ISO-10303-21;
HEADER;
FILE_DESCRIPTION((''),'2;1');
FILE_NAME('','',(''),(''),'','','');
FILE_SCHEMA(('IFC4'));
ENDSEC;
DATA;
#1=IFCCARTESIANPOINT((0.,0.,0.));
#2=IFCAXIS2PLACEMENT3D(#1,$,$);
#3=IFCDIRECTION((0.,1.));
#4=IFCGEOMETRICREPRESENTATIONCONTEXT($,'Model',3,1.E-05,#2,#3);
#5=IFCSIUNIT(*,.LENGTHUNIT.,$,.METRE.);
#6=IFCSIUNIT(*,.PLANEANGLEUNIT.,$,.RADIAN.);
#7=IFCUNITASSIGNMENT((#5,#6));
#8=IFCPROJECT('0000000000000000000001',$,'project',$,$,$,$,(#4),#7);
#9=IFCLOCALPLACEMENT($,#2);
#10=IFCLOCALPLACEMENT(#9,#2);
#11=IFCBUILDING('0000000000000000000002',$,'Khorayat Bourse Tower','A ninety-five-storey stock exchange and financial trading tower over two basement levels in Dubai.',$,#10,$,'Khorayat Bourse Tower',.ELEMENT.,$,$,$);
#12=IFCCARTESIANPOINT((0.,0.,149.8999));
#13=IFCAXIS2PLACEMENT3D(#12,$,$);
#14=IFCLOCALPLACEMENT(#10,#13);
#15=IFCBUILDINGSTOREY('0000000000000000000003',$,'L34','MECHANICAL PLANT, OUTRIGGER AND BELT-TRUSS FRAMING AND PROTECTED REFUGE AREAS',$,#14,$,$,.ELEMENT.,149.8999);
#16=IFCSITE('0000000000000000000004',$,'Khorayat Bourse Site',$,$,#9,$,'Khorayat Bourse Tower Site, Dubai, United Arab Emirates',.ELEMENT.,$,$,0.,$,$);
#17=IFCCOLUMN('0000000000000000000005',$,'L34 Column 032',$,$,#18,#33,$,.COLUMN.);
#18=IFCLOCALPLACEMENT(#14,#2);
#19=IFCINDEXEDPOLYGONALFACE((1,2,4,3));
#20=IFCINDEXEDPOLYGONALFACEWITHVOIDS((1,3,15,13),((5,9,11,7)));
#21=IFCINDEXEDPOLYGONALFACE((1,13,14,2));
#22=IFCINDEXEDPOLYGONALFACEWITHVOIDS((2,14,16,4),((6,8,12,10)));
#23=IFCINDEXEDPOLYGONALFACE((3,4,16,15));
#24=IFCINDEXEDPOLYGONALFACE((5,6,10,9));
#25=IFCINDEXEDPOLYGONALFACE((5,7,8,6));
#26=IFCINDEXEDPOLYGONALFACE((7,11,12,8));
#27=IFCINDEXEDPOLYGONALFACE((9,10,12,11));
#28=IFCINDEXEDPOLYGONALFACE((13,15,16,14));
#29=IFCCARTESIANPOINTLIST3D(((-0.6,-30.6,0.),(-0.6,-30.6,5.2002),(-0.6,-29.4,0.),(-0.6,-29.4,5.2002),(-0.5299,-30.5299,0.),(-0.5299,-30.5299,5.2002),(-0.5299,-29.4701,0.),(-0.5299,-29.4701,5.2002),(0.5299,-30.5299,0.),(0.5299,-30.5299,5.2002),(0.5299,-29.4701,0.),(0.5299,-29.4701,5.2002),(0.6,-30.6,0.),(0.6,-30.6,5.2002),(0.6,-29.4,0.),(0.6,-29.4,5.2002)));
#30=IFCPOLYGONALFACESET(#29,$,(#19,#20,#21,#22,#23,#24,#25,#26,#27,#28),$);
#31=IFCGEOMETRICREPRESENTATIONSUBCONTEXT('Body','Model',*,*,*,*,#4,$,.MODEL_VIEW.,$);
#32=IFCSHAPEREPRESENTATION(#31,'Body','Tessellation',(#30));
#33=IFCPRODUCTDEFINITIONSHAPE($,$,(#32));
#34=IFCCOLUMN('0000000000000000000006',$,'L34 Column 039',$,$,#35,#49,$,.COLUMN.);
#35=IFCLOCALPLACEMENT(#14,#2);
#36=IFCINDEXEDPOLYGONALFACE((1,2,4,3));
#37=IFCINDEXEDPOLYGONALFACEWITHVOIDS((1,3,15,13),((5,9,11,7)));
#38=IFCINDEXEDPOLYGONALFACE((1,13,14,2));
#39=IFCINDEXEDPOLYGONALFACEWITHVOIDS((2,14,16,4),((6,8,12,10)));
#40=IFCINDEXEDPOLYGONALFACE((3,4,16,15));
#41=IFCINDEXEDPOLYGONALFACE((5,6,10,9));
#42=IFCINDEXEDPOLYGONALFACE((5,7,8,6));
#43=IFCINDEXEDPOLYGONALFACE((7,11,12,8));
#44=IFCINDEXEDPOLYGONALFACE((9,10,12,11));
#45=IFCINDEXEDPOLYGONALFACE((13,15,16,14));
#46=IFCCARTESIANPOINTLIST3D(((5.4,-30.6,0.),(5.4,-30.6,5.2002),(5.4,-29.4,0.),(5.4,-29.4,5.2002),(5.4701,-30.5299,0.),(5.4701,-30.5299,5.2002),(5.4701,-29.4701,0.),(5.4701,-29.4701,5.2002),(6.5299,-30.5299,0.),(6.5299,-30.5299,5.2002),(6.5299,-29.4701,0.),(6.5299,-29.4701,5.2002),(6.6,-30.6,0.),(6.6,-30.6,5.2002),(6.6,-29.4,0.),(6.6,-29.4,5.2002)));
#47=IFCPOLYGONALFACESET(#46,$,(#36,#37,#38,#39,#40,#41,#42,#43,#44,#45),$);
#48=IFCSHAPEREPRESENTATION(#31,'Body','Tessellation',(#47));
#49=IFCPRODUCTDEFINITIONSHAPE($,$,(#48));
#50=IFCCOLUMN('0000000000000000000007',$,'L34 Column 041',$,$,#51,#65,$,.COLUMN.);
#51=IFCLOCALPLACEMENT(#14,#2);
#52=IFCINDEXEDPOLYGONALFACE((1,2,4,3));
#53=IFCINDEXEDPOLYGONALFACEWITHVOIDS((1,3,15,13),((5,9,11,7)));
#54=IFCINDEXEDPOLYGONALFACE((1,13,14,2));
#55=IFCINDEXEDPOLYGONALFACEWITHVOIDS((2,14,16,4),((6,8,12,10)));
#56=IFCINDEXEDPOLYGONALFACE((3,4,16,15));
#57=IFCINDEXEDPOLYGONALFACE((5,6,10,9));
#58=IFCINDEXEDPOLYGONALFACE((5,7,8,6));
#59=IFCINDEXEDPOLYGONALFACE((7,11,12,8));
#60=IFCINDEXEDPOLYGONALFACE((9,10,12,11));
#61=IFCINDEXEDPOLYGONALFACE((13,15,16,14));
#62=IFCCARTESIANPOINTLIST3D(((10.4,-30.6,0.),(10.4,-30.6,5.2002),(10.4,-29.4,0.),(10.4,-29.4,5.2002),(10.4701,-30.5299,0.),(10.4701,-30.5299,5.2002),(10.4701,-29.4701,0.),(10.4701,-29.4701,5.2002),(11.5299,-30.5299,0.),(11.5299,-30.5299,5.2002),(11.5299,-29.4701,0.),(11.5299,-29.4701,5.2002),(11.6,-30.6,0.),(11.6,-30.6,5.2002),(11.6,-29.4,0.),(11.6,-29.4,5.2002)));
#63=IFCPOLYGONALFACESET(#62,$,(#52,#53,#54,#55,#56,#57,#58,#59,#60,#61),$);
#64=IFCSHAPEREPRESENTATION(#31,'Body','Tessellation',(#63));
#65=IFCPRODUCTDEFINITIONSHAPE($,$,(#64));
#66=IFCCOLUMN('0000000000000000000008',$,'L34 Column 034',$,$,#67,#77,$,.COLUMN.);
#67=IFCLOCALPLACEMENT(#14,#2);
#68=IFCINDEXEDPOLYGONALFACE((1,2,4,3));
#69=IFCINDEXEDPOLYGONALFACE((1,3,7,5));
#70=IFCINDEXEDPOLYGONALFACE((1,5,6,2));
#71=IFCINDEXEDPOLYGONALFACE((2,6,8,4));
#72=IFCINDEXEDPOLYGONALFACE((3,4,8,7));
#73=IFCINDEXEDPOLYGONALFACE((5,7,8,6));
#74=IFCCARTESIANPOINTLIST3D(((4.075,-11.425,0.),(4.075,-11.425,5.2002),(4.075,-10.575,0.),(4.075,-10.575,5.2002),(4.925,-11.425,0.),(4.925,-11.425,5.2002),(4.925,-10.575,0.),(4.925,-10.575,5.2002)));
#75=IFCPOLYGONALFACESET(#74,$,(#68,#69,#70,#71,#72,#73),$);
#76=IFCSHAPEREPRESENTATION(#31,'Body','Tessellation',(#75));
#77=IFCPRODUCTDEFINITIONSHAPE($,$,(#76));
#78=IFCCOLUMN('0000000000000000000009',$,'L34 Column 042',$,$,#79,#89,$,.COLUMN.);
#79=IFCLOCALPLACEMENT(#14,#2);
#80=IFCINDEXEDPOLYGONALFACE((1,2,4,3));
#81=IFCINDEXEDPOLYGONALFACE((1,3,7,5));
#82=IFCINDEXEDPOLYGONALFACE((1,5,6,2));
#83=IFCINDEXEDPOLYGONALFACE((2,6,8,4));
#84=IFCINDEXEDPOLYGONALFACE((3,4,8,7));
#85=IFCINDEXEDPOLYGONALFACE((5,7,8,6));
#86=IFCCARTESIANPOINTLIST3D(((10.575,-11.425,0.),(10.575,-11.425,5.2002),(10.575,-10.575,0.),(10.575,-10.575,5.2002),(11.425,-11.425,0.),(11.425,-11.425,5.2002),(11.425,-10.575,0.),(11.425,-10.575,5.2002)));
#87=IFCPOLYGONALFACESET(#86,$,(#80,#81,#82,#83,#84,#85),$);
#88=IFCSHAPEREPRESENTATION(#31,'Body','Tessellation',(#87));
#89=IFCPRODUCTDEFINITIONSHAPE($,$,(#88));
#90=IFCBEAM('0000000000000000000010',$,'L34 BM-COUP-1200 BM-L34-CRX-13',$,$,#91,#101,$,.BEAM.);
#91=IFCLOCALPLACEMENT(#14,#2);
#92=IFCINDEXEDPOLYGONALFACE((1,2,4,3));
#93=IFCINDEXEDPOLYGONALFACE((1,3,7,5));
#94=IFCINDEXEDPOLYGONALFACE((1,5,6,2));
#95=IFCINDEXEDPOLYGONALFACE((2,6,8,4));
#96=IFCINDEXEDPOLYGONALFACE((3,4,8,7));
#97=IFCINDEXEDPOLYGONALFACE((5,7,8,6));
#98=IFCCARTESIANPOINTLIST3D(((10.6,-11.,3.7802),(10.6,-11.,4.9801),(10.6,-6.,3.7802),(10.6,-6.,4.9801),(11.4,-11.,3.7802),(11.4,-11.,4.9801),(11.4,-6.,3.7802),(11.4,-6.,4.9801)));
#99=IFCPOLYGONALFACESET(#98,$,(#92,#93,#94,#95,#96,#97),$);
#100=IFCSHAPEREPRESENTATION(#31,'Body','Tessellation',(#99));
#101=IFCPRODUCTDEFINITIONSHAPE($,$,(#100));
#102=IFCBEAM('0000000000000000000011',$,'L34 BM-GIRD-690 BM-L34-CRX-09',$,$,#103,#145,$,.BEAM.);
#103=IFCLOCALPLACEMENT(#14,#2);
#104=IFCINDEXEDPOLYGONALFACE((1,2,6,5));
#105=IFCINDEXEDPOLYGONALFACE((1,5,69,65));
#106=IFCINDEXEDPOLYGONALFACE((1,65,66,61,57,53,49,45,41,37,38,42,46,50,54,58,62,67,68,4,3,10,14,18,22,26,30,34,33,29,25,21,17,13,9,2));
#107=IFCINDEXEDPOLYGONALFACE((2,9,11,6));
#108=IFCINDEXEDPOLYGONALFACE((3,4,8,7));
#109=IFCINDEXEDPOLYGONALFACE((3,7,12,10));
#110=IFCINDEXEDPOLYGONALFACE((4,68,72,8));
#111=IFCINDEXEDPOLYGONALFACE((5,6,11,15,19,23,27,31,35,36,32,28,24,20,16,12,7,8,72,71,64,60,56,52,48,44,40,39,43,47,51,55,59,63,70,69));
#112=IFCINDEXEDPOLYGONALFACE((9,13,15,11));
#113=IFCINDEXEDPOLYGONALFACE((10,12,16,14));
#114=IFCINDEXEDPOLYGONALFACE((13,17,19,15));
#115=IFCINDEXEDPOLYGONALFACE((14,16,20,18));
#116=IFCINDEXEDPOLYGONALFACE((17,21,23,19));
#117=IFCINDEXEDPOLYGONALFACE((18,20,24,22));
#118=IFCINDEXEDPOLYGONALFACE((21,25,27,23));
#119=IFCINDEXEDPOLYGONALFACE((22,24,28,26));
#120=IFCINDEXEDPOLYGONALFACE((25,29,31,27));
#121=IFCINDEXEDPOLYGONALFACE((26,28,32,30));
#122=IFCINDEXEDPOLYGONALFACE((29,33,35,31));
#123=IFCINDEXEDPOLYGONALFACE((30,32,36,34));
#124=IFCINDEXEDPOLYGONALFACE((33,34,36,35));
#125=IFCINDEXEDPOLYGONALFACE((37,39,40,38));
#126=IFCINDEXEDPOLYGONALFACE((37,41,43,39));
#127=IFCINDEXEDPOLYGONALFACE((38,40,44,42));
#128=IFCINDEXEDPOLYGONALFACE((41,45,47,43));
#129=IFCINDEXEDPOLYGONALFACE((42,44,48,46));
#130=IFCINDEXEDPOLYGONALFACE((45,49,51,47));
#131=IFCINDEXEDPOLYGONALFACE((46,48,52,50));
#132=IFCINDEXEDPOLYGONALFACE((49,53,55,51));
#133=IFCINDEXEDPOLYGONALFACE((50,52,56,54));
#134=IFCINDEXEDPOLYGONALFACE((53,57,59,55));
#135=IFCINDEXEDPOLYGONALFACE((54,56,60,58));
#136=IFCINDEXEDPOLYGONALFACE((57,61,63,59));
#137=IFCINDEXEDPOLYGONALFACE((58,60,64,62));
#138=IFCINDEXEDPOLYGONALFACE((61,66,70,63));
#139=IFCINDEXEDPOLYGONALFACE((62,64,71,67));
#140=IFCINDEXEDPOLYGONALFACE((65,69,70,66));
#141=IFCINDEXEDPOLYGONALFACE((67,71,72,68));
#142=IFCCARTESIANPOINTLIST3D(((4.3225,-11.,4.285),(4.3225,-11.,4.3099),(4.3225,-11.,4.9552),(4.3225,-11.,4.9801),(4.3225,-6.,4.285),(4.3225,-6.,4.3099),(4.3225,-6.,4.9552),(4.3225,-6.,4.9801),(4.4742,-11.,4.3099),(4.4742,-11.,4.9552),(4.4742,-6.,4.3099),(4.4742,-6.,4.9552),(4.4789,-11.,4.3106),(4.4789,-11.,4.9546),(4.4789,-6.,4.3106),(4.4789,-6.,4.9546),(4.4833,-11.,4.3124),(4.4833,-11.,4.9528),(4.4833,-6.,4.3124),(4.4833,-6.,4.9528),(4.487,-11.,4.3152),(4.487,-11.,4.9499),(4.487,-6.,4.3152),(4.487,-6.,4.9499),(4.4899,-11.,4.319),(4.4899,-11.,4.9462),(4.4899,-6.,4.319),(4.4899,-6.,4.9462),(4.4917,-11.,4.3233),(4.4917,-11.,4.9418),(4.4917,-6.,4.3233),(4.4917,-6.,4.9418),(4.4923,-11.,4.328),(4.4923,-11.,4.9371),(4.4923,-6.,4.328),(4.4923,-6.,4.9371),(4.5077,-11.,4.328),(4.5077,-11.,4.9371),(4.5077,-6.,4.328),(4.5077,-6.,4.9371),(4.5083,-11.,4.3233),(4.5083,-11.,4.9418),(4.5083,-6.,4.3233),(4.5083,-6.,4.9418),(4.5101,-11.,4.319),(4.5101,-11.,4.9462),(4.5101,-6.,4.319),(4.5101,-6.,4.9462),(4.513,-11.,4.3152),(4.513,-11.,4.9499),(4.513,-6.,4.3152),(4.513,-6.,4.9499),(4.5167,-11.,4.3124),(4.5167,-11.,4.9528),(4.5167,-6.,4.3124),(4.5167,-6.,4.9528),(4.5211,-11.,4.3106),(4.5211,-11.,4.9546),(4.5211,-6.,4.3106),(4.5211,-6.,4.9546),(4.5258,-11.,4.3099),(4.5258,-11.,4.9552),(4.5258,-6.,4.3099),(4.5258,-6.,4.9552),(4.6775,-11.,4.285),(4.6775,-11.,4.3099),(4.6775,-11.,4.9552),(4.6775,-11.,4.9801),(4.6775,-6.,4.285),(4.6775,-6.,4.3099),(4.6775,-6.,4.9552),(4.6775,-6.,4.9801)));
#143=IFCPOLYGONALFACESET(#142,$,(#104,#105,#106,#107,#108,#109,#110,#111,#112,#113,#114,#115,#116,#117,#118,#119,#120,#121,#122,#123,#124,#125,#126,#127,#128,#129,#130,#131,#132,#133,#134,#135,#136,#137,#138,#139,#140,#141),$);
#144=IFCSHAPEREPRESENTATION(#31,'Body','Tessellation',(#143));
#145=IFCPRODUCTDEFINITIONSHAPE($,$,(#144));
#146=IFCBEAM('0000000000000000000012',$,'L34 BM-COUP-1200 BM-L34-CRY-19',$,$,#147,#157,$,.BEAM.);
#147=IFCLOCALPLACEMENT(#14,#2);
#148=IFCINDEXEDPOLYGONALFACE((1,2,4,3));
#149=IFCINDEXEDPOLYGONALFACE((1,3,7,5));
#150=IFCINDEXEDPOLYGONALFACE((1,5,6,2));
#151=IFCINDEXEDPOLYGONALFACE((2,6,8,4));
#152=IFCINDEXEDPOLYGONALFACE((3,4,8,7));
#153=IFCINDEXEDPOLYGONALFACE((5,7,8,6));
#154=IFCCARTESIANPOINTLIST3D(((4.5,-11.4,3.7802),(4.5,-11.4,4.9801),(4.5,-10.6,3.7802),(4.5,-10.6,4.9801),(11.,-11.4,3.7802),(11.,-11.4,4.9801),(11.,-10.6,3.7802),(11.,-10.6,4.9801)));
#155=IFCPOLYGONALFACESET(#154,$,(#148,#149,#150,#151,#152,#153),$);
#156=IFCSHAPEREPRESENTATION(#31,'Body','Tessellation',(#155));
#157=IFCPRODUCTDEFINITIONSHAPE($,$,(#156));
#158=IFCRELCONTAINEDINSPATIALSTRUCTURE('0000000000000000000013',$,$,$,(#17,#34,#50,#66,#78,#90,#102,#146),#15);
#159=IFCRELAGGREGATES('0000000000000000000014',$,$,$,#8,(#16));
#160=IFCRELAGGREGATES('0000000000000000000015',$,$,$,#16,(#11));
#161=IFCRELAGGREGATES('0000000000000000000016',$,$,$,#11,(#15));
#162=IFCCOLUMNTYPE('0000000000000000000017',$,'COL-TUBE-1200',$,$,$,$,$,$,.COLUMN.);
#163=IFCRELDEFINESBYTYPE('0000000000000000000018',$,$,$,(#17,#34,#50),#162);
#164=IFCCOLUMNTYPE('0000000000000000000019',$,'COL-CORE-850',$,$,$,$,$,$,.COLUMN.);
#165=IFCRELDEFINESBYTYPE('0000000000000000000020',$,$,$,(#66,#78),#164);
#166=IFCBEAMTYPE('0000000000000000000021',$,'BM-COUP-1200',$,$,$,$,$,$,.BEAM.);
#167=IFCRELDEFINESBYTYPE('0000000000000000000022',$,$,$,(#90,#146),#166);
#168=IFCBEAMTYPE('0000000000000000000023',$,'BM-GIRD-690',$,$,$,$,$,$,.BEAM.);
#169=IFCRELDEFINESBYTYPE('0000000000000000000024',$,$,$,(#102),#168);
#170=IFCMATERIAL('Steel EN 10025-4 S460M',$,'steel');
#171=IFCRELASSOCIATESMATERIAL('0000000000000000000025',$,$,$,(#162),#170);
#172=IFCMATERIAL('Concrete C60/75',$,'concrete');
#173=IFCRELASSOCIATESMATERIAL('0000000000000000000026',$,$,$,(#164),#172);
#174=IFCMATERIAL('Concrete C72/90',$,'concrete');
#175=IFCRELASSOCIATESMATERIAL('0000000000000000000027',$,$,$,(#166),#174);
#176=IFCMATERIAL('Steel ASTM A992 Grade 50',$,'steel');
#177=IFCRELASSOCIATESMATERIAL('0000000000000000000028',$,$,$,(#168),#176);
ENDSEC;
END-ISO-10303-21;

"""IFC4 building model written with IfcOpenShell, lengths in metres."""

from ifc_helpers import new_model, si_unit, direction, frame, origin, origin_2d, place, context, subcontext, project, spatial, rectangle, hollow_rectangle, i_section, extrude, source, transform, mapped, material, material_profile, profile_set, type_object, element, save


model = new_model("IFC4")

# Units and contexts
model_context = context("Model", 3, precision=1e-05, world=origin(), true_north=direction((0.0, 1.0)))
body_context = subcontext(model_context, "Body", "Model", "MODEL_VIEW")
ifc_project = project(units=[si_unit("LENGTHUNIT", "METRE"), si_unit("PLANEANGLEUNIT", "RADIAN")], contexts=[model_context])

# Site, building, storey
site_placement = place(None, origin())
site = spatial("IfcSite", under=ifc_project, at=site_placement, Name="Khorayat Bourse Site", LongName="Khorayat Bourse Tower Site, Dubai, United Arab Emirates", CompositionType="ELEMENT", RefElevation=0.0)
building_placement = place(site_placement, origin())
building = spatial("IfcBuilding", under=site, at=building_placement, Name="Khorayat Bourse Tower", Description="A ninety-five-storey stock exchange and financial trading tower over two basement levels in Dubai.", LongName="Khorayat Bourse Tower", CompositionType="ELEMENT")
storey_placement = place(building_placement, frame((0.0, 0.0, 149.8999)))
storey = spatial("IfcBuildingStorey", under=building, at=storey_placement, Name="L34", Description="MECHANICAL PLANT, OUTRIGGER AND BELT-TRUSS FRAMING AND PROTECTED REFUGE AREAS", CompositionType="ELEMENT", Elevation=149.8999)

# Columns
ifc_material_1 = material(Name="Steel EN 10025-4 S460M", Category="steel")
ifc_material_profile_1 = material_profile(ifc_material_1, hollow_rectangle(XDim=1.2, YDim=1.2, WallThickness=0.0701, at=origin_2d()), Name="BOX 1200x1200x70")
ifc_profile_set_1 = profile_set([ifc_material_profile_1], Name="Steel EN 10025-4 S460M")
column_type_1 = type_object("IfcColumnType", Name="COL-TUBE-1200", PredefinedType="COLUMN", material=ifc_profile_set_1)
shared_shape_1 = source(origin(), body_context, "Body", "SweptSolid", [
    extrude(hollow_rectangle(XDim=1.2, YDim=1.2, WallThickness=0.0701, at=origin_2d()), origin(), (0.0, 0.0, 1.0), 5.2002),
])
for number, where, z_axis, x_axis, name in (
    (1, (0.0, -30.0, 0.0), (0.0, 0.0, 1.0), (1.0, 0.0, 0.0), "L34 Column 032"),
    (2, (6.0, -30.0, 0.0), (0.0, 0.0, 1.0), (1.0, 0.0, 0.0), "L34 Column 039"),
    (3, (11.0, -30.0, 0.0), (0.0, 0.0, 1.0), (1.0, 0.0, 0.0), "L34 Column 041"),
):
    element("IfcColumn", number, at=place(storey_placement, frame(where, z_axis=z_axis, x_axis=x_axis)), inside=storey, type_object=column_type_1, Name=name, PredefinedType="COLUMN", context=body_context, shape_type="MappedRepresentation", body=[
        mapped(shared_shape_1, transform((0.0, 0.0, 0.0), scale=1.0)),
    ])
ifc_material_2 = material(Name="Concrete C60/75", Category="concrete")
ifc_material_profile_2 = material_profile(ifc_material_2, rectangle(XDim=0.8501, YDim=0.8501, at=origin_2d()), Name="RC 850x850")
ifc_profile_set_2 = profile_set([ifc_material_profile_2], Name="Concrete C60/75")
column_type_2 = type_object("IfcColumnType", Name="COL-CORE-850", PredefinedType="COLUMN", material=ifc_profile_set_2)
shared_shape_2 = source(origin(), body_context, "Body", "SweptSolid", [
    extrude(rectangle(XDim=0.8501, YDim=0.8501, at=origin_2d()), origin(), (0.0, 0.0, 1.0), 5.2002),
])
for number, where, z_axis, x_axis, name in (
    (4, (4.5, -11.0, 0.0), (0.0, 0.0, 1.0), (1.0, 0.0, 0.0), "L34 Column 034"),
    (5, (11.0, -11.0, 0.0), (0.0, 0.0, 1.0), (1.0, 0.0, 0.0), "L34 Column 042"),
):
    element("IfcColumn", number, at=place(storey_placement, frame(where, z_axis=z_axis, x_axis=x_axis)), inside=storey, type_object=column_type_2, Name=name, PredefinedType="COLUMN", context=body_context, shape_type="MappedRepresentation", body=[
        mapped(shared_shape_2, transform((0.0, 0.0, 0.0), scale=1.0)),
    ])

# Beams
ifc_material_3 = material(Name="Concrete C72/90", Category="concrete")
ifc_material_profile_3 = material_profile(ifc_material_3, rectangle(XDim=0.8, YDim=1.2, at=origin_2d()), Name="RC 800x1200")
ifc_profile_set_3 = profile_set([ifc_material_profile_3], Name="Concrete C72/90")
beam_type_1 = type_object("IfcBeamType", Name="BM-COUP-1200", PredefinedType="BEAM", material=ifc_profile_set_3)
shared_shape_3 = source(origin(), body_context, "Body", "SweptSolid", [
    extrude(rectangle(XDim=0.8, YDim=1.2, at=origin_2d()), origin(), (0.0, 0.0, 1.0), 5.0),
])
beam_1_placement = place(storey_placement, frame((11.0, -11.0, 4.3801), z_axis=(0.0, 1.0, 0.0), x_axis=(-1.0, 0.0, 0.0)))
element("IfcBeam", 6, at=beam_1_placement, inside=storey, type_object=beam_type_1, Name="L34 BM-COUP-1200 BM-L34-CRX-13", PredefinedType="BEAM", context=body_context, shape_type="MappedRepresentation", body=[
    mapped(shared_shape_3, transform((0.0, 0.0, 0.0), scale=1.0)),
])
ifc_material_4 = material(Name="Steel ASTM A992 Grade 50", Category="steel")
ifc_material_profile_4 = material_profile(ifc_material_4, i_section(OverallWidth=0.355, OverallDepth=0.6951, WebThickness=0.0154, FlangeThickness=0.0249, FilletRadius=0.0181, at=origin_2d()), Name="W690X217")
ifc_profile_set_4 = profile_set([ifc_material_profile_4], Name="Steel ASTM A992 Grade 50")
beam_type_2 = type_object("IfcBeamType", Name="BM-GIRD-690", PredefinedType="BEAM", material=ifc_profile_set_4)
shared_shape_4 = source(origin(), body_context, "Body", "SweptSolid", [
    extrude(i_section(OverallWidth=0.355, OverallDepth=0.6951, WebThickness=0.0154, FlangeThickness=0.0249, FilletRadius=0.0181, at=origin_2d()), origin(), (0.0, 0.0, 1.0), 5.0),
])
beam_2_placement = place(storey_placement, frame((4.5, -11.0, 4.6326), z_axis=(0.0, 1.0, 0.0), x_axis=(-1.0, 0.0, 0.0)))
element("IfcBeam", 7, at=beam_2_placement, inside=storey, type_object=beam_type_2, Name="L34 BM-GIRD-690 BM-L34-CRX-09", PredefinedType="BEAM", context=body_context, shape_type="MappedRepresentation", body=[
    mapped(shared_shape_4, transform((0.0, 0.0, 0.0), scale=1.0)),
])
shared_shape_5 = source(origin(), body_context, "Body", "SweptSolid", [
    extrude(rectangle(XDim=0.8, YDim=1.2, at=origin_2d()), origin(), (0.0, 0.0, 1.0), 6.5),
])
beam_3_placement = place(storey_placement, frame((4.5, -11.0, 4.3801), z_axis=(1.0, 0.0, 0.0), x_axis=(0.0, 1.0, 0.0)))
element("IfcBeam", 8, at=beam_3_placement, inside=storey, type_object=beam_type_1, Name="L34 BM-COUP-1200 BM-L34-CRY-19", PredefinedType="BEAM", context=body_context, shape_type="MappedRepresentation", body=[
    mapped(shared_shape_5, transform((0.0, 0.0, 0.0), scale=1.0)),
])

save(model, "model.ifc")
